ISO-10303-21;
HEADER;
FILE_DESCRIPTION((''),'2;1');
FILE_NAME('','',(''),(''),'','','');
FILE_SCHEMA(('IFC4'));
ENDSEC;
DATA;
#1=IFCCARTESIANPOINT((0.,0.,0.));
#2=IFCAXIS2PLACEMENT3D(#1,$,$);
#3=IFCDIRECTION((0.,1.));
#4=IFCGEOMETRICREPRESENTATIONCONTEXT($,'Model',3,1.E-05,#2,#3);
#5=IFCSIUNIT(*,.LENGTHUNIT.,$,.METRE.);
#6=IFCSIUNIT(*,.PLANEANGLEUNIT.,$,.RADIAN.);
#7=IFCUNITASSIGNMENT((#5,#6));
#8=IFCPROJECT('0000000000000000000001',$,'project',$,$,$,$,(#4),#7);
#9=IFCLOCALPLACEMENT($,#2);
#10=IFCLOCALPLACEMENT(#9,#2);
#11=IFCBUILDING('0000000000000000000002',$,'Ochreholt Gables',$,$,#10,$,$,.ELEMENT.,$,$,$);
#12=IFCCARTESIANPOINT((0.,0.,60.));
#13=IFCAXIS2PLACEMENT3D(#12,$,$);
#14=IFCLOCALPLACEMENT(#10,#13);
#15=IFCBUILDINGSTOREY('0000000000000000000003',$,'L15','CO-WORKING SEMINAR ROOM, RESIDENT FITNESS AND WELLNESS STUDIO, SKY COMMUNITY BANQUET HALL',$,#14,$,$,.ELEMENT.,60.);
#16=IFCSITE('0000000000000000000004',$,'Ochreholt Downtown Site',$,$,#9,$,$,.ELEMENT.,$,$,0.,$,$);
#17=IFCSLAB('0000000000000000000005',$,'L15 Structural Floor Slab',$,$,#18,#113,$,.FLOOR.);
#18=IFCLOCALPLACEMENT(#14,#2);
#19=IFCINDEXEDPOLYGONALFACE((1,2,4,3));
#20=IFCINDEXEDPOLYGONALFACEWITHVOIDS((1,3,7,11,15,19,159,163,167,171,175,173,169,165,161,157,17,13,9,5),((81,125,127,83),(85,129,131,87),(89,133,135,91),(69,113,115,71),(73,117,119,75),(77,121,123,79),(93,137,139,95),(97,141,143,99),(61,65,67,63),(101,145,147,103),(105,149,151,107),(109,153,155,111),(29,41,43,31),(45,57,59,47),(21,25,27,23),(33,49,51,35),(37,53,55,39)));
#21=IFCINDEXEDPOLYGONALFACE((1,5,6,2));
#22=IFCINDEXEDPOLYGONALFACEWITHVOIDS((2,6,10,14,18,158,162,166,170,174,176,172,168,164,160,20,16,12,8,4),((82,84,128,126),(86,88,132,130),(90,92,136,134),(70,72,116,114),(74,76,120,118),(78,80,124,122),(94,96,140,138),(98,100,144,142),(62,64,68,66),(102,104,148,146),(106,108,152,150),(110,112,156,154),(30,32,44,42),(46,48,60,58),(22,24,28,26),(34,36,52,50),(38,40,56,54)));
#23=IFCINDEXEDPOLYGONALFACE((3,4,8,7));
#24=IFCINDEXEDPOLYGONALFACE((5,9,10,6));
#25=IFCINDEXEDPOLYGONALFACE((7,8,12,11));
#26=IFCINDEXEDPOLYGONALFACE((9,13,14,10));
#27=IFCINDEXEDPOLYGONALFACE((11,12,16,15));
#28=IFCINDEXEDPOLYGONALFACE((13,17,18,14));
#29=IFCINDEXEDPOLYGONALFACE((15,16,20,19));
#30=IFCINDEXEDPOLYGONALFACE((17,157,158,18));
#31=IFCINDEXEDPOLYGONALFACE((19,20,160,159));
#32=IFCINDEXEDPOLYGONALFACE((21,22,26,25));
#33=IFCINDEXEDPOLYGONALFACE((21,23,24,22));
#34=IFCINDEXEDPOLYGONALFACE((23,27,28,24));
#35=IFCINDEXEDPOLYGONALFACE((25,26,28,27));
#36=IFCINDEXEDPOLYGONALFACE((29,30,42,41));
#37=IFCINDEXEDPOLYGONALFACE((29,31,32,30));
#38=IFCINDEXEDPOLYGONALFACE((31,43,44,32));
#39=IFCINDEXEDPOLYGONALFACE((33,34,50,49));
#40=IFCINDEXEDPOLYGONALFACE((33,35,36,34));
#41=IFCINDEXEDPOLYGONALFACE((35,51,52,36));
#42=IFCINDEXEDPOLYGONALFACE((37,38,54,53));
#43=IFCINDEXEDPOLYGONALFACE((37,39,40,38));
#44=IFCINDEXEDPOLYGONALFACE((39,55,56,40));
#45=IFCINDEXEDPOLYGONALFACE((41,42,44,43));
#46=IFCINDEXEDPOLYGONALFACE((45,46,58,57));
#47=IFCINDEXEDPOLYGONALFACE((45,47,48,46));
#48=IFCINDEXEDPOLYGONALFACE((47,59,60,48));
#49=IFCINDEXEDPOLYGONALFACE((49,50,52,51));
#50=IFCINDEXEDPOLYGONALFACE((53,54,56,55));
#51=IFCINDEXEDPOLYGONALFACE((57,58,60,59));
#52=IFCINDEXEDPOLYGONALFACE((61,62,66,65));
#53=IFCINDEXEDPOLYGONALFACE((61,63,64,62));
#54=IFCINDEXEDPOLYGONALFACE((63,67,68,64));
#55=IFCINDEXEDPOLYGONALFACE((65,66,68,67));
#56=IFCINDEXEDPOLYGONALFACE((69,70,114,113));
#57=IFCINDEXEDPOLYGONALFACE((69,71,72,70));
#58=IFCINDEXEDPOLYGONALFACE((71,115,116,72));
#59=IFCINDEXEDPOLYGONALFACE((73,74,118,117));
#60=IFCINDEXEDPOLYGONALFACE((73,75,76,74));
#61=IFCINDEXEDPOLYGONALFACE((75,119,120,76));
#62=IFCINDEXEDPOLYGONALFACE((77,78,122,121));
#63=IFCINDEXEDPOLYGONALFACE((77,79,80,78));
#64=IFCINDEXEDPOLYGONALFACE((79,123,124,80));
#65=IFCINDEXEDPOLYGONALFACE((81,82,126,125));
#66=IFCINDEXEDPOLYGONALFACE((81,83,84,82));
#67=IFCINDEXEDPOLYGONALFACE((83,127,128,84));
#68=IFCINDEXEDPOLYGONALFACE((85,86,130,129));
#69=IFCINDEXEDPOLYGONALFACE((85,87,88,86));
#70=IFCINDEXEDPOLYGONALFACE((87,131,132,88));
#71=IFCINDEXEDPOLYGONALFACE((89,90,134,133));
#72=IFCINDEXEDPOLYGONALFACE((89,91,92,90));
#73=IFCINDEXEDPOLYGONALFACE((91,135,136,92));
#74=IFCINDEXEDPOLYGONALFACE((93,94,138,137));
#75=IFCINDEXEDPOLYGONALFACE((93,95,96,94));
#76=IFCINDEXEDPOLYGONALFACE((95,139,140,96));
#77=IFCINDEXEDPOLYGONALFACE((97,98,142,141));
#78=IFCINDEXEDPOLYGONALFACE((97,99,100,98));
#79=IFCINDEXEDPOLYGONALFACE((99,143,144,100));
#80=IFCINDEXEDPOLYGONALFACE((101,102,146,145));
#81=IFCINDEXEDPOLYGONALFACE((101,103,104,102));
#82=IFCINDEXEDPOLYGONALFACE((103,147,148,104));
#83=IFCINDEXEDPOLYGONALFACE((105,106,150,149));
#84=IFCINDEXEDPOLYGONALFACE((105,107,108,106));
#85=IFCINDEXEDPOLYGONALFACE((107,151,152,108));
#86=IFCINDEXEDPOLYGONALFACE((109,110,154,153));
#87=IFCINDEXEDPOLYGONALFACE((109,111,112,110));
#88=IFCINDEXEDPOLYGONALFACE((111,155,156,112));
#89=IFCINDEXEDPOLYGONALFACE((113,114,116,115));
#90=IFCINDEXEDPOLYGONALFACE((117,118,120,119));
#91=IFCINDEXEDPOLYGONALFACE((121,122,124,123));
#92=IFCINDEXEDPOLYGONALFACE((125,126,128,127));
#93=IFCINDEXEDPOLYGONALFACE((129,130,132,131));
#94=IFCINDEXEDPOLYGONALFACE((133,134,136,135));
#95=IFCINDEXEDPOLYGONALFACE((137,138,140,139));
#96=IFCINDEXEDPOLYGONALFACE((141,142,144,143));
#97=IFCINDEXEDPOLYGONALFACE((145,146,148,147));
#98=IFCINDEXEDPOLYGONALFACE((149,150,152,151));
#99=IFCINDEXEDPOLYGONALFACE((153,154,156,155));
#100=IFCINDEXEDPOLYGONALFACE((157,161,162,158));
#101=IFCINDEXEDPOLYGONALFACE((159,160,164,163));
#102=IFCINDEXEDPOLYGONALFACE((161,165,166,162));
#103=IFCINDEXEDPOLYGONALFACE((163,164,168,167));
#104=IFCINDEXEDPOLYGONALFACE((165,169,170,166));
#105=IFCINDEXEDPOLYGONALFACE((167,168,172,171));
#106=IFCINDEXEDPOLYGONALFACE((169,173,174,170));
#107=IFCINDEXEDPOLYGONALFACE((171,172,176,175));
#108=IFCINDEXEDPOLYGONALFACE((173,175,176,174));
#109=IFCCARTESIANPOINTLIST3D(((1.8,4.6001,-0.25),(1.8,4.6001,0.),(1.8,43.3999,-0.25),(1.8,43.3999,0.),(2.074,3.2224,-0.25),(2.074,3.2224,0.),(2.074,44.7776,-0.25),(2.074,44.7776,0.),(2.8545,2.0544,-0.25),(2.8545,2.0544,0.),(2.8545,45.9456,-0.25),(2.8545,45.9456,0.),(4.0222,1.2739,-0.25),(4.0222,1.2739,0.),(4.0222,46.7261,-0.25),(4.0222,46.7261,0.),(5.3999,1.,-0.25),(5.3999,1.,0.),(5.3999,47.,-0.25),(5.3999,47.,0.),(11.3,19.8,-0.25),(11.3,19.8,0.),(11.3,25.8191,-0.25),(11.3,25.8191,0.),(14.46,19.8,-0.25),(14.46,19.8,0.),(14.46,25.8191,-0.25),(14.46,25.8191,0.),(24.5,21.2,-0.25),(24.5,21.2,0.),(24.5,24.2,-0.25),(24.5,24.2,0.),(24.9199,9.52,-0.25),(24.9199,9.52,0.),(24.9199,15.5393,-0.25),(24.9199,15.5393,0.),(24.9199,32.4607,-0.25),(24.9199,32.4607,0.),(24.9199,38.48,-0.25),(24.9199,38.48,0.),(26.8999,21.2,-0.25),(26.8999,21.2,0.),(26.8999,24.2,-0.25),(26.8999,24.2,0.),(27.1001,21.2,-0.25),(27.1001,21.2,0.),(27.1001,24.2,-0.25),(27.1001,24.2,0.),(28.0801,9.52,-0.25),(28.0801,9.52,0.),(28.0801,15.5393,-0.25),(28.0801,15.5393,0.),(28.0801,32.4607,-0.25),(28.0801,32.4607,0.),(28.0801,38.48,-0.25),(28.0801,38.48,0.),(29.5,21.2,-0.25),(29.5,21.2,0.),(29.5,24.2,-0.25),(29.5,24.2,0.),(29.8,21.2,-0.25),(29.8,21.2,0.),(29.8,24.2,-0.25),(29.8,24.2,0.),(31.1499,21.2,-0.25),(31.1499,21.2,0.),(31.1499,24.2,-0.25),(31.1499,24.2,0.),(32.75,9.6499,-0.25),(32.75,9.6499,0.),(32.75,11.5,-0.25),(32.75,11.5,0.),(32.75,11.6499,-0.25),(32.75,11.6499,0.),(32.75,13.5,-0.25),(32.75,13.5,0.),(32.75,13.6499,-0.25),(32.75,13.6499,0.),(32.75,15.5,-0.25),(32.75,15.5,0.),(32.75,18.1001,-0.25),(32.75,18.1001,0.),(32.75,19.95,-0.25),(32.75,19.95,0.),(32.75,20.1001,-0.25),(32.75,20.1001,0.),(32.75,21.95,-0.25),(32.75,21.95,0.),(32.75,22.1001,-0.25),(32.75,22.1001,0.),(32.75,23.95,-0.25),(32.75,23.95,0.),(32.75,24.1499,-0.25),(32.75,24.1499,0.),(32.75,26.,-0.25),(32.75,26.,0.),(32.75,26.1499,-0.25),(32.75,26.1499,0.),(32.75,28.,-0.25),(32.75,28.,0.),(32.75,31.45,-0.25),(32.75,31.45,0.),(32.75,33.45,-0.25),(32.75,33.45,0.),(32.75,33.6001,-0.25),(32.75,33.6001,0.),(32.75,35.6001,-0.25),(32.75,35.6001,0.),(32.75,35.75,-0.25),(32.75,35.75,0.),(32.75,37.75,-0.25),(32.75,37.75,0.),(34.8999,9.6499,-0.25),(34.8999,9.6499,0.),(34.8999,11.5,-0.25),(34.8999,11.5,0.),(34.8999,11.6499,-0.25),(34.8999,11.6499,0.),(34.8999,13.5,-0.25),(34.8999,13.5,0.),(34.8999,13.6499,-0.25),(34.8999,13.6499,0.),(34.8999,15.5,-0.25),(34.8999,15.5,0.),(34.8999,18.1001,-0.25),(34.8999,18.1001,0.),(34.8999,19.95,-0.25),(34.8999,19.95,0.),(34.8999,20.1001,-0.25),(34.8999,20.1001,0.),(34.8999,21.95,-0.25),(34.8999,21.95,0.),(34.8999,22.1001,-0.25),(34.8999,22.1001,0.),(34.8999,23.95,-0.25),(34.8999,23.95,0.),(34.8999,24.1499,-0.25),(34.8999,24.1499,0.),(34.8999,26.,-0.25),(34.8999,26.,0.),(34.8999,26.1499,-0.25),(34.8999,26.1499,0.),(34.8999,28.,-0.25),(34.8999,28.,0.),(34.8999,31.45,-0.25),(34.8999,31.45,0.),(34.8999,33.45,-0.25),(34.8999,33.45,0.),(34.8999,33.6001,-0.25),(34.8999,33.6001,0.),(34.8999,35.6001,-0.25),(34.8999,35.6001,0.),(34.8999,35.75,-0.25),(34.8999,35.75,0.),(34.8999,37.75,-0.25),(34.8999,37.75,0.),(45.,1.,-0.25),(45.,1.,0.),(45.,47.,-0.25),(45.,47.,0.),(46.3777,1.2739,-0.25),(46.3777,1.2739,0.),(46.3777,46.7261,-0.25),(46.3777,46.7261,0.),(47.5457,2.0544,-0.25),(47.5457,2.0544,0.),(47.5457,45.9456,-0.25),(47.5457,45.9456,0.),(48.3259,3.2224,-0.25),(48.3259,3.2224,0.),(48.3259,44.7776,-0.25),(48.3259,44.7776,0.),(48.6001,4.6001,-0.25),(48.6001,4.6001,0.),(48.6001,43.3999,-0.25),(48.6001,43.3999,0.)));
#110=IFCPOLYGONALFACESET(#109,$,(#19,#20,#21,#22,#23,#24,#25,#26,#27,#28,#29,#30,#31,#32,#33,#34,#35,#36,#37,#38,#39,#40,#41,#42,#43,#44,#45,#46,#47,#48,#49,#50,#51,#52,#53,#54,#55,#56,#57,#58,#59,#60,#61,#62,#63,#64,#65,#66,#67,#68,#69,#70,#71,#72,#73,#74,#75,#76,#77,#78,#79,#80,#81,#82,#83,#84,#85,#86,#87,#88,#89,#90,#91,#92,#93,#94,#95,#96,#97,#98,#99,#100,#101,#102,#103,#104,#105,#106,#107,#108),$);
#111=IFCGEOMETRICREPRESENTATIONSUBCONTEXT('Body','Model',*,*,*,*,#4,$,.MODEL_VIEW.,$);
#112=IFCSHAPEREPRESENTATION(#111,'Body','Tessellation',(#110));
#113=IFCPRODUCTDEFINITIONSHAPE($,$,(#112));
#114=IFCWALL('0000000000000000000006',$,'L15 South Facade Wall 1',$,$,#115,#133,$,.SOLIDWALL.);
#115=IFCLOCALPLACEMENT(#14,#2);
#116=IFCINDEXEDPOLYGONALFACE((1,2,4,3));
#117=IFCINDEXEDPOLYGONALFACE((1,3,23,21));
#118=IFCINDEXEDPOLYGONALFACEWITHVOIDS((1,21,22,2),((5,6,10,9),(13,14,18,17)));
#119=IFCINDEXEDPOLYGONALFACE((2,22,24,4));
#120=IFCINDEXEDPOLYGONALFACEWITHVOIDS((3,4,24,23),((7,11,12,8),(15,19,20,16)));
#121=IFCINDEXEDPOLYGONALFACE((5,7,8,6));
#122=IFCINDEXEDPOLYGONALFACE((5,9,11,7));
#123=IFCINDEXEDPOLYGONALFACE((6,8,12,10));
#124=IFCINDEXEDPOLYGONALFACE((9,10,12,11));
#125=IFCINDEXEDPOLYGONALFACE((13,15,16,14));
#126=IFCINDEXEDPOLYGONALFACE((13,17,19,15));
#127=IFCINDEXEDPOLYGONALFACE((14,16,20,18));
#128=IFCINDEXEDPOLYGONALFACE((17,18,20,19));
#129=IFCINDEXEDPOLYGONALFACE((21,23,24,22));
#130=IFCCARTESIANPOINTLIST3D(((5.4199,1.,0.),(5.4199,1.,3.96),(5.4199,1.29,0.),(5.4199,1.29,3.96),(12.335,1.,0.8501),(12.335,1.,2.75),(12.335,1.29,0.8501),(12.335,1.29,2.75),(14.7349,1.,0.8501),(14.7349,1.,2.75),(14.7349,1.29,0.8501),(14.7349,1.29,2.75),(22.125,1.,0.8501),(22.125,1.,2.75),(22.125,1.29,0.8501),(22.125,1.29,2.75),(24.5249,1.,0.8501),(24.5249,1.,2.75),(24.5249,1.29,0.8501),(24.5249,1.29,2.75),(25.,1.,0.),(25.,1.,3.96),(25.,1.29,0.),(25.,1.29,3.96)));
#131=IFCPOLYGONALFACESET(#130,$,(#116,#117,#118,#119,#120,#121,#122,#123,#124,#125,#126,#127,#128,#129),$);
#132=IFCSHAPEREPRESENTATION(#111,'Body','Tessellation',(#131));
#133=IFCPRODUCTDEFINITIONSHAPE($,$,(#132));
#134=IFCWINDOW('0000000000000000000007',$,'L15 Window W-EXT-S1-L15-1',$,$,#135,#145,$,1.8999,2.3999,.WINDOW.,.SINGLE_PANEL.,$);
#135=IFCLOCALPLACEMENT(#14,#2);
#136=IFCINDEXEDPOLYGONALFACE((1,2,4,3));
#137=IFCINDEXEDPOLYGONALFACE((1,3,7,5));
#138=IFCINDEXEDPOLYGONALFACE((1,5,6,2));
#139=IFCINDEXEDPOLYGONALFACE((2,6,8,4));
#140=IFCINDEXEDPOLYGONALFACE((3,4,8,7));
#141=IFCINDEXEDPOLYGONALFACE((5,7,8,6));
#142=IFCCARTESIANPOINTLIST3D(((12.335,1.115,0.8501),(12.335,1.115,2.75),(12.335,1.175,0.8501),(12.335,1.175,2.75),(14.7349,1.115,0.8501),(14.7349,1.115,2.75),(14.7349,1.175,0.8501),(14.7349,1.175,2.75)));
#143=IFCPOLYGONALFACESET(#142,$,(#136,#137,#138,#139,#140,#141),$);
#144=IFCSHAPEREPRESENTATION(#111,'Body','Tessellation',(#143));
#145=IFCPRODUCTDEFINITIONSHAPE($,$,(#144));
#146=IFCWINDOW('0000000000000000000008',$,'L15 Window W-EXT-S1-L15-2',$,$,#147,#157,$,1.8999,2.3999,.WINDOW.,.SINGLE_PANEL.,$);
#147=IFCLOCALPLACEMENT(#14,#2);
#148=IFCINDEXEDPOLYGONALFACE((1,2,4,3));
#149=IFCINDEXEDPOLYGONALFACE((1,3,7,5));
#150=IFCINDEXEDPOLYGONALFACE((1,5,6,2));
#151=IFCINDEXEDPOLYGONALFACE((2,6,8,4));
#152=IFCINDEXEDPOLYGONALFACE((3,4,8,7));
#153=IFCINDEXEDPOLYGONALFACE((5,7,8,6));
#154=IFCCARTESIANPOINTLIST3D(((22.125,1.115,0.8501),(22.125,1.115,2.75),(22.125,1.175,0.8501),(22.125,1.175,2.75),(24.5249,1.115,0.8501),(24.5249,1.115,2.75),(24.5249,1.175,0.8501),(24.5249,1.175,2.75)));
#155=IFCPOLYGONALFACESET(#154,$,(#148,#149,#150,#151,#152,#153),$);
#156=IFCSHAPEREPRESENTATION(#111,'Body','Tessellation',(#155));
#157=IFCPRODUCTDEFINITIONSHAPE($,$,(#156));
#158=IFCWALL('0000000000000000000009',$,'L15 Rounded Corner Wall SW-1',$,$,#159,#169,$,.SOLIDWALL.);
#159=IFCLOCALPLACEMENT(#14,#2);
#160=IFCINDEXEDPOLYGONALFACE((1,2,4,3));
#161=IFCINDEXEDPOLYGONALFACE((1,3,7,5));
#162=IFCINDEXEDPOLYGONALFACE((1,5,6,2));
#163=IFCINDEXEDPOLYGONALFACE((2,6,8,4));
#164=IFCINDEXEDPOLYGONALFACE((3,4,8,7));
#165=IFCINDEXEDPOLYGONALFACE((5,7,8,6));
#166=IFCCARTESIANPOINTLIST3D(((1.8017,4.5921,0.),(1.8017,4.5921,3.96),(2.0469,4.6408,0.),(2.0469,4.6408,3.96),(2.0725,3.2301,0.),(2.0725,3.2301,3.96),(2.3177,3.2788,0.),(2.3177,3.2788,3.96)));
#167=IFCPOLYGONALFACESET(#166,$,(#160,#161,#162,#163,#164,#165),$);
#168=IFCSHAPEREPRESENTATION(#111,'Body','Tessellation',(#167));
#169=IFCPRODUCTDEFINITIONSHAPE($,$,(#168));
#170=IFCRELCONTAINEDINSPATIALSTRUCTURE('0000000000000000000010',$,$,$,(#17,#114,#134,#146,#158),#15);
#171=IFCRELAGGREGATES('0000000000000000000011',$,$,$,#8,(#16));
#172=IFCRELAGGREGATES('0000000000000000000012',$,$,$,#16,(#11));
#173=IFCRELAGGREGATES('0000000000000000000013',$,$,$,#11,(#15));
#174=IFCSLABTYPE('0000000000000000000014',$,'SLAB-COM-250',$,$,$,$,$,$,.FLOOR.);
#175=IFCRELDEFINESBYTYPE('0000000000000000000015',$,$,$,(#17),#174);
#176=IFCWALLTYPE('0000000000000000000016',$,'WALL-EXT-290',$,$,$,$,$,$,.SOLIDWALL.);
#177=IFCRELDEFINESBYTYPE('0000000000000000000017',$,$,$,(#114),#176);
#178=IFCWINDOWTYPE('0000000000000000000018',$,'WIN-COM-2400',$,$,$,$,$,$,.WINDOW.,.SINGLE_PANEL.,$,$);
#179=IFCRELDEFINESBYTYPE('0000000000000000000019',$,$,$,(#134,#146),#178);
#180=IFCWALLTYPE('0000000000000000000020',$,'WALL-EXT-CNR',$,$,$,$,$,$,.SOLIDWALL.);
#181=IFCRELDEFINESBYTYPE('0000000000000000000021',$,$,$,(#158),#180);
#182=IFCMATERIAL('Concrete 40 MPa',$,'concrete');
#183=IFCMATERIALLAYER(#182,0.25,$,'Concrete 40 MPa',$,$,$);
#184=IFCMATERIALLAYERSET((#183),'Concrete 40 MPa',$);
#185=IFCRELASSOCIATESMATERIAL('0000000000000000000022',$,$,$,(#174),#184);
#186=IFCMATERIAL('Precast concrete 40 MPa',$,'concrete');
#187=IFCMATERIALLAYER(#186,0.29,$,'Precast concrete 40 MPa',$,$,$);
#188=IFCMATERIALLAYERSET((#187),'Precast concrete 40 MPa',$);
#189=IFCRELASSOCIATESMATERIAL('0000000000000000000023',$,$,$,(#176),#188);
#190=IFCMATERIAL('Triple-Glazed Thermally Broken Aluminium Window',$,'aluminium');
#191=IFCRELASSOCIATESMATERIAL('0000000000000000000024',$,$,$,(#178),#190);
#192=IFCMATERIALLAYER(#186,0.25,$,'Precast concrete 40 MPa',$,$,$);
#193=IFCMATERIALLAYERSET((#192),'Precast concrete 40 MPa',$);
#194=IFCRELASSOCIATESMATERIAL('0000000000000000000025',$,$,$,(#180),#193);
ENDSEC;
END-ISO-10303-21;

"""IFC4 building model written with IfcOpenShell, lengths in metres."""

from ifc_helpers import new_model, si_unit, direction, frame, frame_2d, origin, place, context, subcontext, project, spatial, polyline, rectangle, outline, extrude, material, layer, layer_set, type_object, element, fill, save


model = new_model("IFC4")

# Units and contexts
model_context = context("Model", 3, precision=1e-05, world=origin(), true_north=direction((0.0, 1.0)))
body_context = subcontext(model_context, "Body", "Model", "MODEL_VIEW")
ifc_project = project(units=[si_unit("LENGTHUNIT", "METRE"), si_unit("PLANEANGLEUNIT", "RADIAN")], contexts=[model_context])

# Site, building, storey
site_placement = place(None, origin())
site = spatial("IfcSite", under=ifc_project, at=site_placement, Name="Ochreholt Downtown Site", CompositionType="ELEMENT", RefElevation=0.0)
building_placement = place(site_placement, origin())
building = spatial("IfcBuilding", under=site, at=building_placement, Name="Ochreholt Gables", CompositionType="ELEMENT")
storey_placement = place(building_placement, frame((0.0, 0.0, 60.0)))
storey = spatial("IfcBuildingStorey", under=building, at=storey_placement, Name="L15", Description="CO-WORKING SEMINAR ROOM, RESIDENT FITNESS AND WELLNESS STUDIO, SKY COMMUNITY BANQUET HALL", CompositionType="ELEMENT", Elevation=60.0)

# Shared definitions
ifc_material_1 = material(Name="Concrete 40 MPa", Category="concrete")

# Slab
ifc_layer_1 = layer(ifc_material_1, 0.25, Name="Concrete 40 MPa")
ifc_layer_set_1 = layer_set([ifc_layer_1], Name="Concrete 40 MPa")
slab_type_1 = type_object("IfcSlabType", Name="SLAB-COM-250", PredefinedType="FLOOR", material=ifc_layer_set_1)
slab_1_placement = place(storey_placement, frame((0.0, 0.0, -0.25)))
element("IfcSlab", 1, at=slab_1_placement, inside=storey, type_object=slab_type_1, Name="L15 Structural Floor Slab", PredefinedType="FLOOR", context=body_context, shape_type="SweptSolid", body=[
    extrude(outline(polyline([(1.8, 4.6001), (2.074, 3.2224), (2.8545, 2.0544), (4.0222, 1.2739), (5.3999, 1.0), (45.0, 1.0), (46.3777, 1.2739), (47.5457, 2.0544), (48.3259, 3.2224), (48.6001, 4.6001), (48.6001, 43.3999), (48.3259, 44.7776), (47.5457, 45.9456), (46.3777, 46.7261), (45.0, 47.0), (5.3999, 47.0), (4.0222, 46.7261), (2.8545, 45.9456), (2.074, 44.7776), (1.8, 43.3999), (1.8, 4.6001)]), holes=[polyline([(24.9199, 15.5393), (24.9199, 9.52), (28.0801, 9.52), (28.0801, 15.5393), (24.9199, 15.5393)]), polyline([(28.0801, 32.4607), (28.0801, 38.48), (24.9199, 38.48), (24.9199, 32.4607), (28.0801, 32.4607)]), polyline([(11.3, 25.8191), (11.3, 19.8), (14.46, 19.8), (14.46, 25.8191), (11.3, 25.8191)]), polyline([(24.5, 21.2), (26.8999, 21.2), (26.8999, 24.2), (24.5, 24.2), (24.5, 21.2)]), polyline([(27.1001, 21.2), (29.5, 21.2), (29.5, 24.2), (27.1001, 24.2), (27.1001, 21.2)]), polyline([(32.75, 9.6499), (34.8999, 9.6499), (34.8999, 11.5), (32.75, 11.5), (32.75, 9.6499)]), polyline([(32.75, 11.6499), (34.8999, 11.6499), (34.8999, 13.5), (32.75, 13.5), (32.75, 11.6499)]), polyline([(32.75, 13.6499), (34.8999, 13.6499), (34.8999, 15.5), (32.75, 15.5), (32.75, 13.6499)]), polyline([(32.75, 18.1001), (34.8999, 18.1001), (34.8999, 19.95), (32.75, 19.95), (32.75, 18.1001)]), polyline([(32.75, 20.1001), (34.8999, 20.1001), (34.8999, 21.95), (32.75, 21.95), (32.75, 20.1001)]), polyline([(32.75, 22.1001), (34.8999, 22.1001), (34.8999, 23.95), (32.75, 23.95), (32.75, 22.1001)]), polyline([(32.75, 24.1499), (34.8999, 24.1499), (34.8999, 26.0), (32.75, 26.0), (32.75, 24.1499)]), polyline([(32.75, 26.1499), (34.8999, 26.1499), (34.8999, 28.0), (32.75, 28.0), (32.75, 26.1499)]), polyline([(32.75, 31.45), (34.8999, 31.45), (34.8999, 33.45), (32.75, 33.45), (32.75, 31.45)]), polyline([(32.75, 33.6001), (34.8999, 33.6001), (34.8999, 35.6001), (32.75, 35.6001), (32.75, 33.6001)]), polyline([(32.75, 35.75), (34.8999, 35.75), (34.8999, 37.75), (32.75, 37.75), (32.75, 35.75)]), polyline([(29.8, 21.2), (31.1499, 21.2), (31.1499, 24.2), (29.8, 24.2), (29.8, 21.2)])]), origin(), (0.0, 0.0, 1.0), 0.25),
])

# Wall, openings, windows
ifc_material_2 = material(Name="Precast concrete 40 MPa", Category="concrete")
ifc_layer_2 = layer(ifc_material_2, 0.29, Name="Precast concrete 40 MPa")
ifc_layer_set_2 = layer_set([ifc_layer_2], Name="Precast concrete 40 MPa")
wall_type_1 = type_object("IfcWallType", Name="WALL-EXT-290", PredefinedType="SOLIDWALL", material=ifc_layer_set_2)
wall_1_placement = place(storey_placement, frame((5.4199, 1.145, 0.0), z_axis=(0.0, 0.0, 1.0), x_axis=(1.0, 0.0, 0.0)))
wall_1 = element("IfcWall", 2, at=wall_1_placement, inside=storey, type_object=wall_type_1, Name="L15 South Facade Wall 1", PredefinedType="SOLIDWALL", context=body_context, shape_type="SweptSolid", body=[
    extrude(rectangle(XDim=19.5801, YDim=0.29, at=frame_2d((9.79, 0.0))), origin(), (0.0, 0.0, 1.0), 3.96),
])
opening_1_placement = place(wall_1_placement, frame((6.915, 0.0, 0.8501)))
opening_1 = element("IfcOpeningElement", 3, at=opening_1_placement, cuts=wall_1, PredefinedType="OPENING", context=body_context, shape_type="SweptSolid", body=[
    extrude(rectangle(XDim=2.3999, YDim=1.8999, at=frame_2d((1.2, 0.95))), frame((0.0, 0.155, 0.0), z_axis=(0.0, -1.0, 0.0), x_axis=(1.0, 0.0, 0.0)), (0.0, 0.0, 1.0), 0.3101),
])
opening_2_placement = place(wall_1_placement, frame((16.7051, 0.0, 0.8501)))
opening_2 = element("IfcOpeningElement", 4, at=opening_2_placement, cuts=wall_1, PredefinedType="OPENING", context=body_context, shape_type="SweptSolid", body=[
    extrude(rectangle(XDim=2.3999, YDim=1.8999, at=frame_2d((1.2, 0.95))), frame((0.0, 0.155, 0.0), z_axis=(0.0, -1.0, 0.0), x_axis=(1.0, 0.0, 0.0)), (0.0, 0.0, 1.0), 0.3101),
])
ifc_material_3 = material(Name="Triple-Glazed Thermally Broken Aluminium Window", Category="aluminium")
window_type = type_object("IfcWindowType", Name="WIN-COM-2400", PartitioningType="SINGLE_PANEL", PredefinedType="WINDOW", material=ifc_material_3)
window_1_placement = place(opening_1_placement, origin())
window_1 = element("IfcWindow", 5, at=window_1_placement, inside=storey, type_object=window_type, Name="L15 Window W-EXT-S1-L15-1", OverallHeight=1.8999, OverallWidth=2.3999, PartitioningType="SINGLE_PANEL", PredefinedType="WINDOW", context=body_context, shape_type="SweptSolid", body=[
    extrude(rectangle(XDim=2.3999, YDim=1.8999, at=frame_2d((1.2, 0.95))), frame((0.0, 0.03, 0.0), z_axis=(0.0, -1.0, 0.0), x_axis=(1.0, 0.0, 0.0)), (0.0, 0.0, 1.0), 0.0601),
])
fill(opening_1, window_1)
window_2_placement = place(opening_2_placement, origin())
window_2 = element("IfcWindow", 6, at=window_2_placement, inside=storey, type_object=window_type, Name="L15 Window W-EXT-S1-L15-2", OverallHeight=1.8999, OverallWidth=2.3999, PartitioningType="SINGLE_PANEL", PredefinedType="WINDOW", context=body_context, shape_type="SweptSolid", body=[
    extrude(rectangle(XDim=2.3999, YDim=1.8999, at=frame_2d((1.2, 0.95))), frame((0.0, 0.03, 0.0), z_axis=(0.0, -1.0, 0.0), x_axis=(1.0, 0.0, 0.0)), (0.0, 0.0, 1.0), 0.0601),
])
fill(opening_2, window_2)

# Wall
ifc_layer_3 = layer(ifc_material_2, 0.25, Name="Precast concrete 40 MPa")
ifc_layer_set_3 = layer_set([ifc_layer_3], Name="Precast concrete 40 MPa")
wall_type_2 = type_object("IfcWallType", Name="WALL-EXT-CNR", PredefinedType="SOLIDWALL", material=ifc_layer_set_3)
wall_2_placement = place(storey_placement, frame((1.9243, 4.6165, 0.0), z_axis=(0.0, 0.0, 1.0), x_axis=(0.194967, -0.98081, 0.0)))
element("IfcWall", 7, at=wall_2_placement, inside=storey, type_object=wall_type_2, Name="L15 Rounded Corner Wall SW-1", PredefinedType="SOLIDWALL", context=body_context, shape_type="SweptSolid", body=[
    extrude(rectangle(XDim=1.3887, YDim=0.25, at=frame_2d((0.6943, 0.0))), origin(), (0.0, 0.0, 1.0), 3.96),
])

save(model, "model.ifc")
